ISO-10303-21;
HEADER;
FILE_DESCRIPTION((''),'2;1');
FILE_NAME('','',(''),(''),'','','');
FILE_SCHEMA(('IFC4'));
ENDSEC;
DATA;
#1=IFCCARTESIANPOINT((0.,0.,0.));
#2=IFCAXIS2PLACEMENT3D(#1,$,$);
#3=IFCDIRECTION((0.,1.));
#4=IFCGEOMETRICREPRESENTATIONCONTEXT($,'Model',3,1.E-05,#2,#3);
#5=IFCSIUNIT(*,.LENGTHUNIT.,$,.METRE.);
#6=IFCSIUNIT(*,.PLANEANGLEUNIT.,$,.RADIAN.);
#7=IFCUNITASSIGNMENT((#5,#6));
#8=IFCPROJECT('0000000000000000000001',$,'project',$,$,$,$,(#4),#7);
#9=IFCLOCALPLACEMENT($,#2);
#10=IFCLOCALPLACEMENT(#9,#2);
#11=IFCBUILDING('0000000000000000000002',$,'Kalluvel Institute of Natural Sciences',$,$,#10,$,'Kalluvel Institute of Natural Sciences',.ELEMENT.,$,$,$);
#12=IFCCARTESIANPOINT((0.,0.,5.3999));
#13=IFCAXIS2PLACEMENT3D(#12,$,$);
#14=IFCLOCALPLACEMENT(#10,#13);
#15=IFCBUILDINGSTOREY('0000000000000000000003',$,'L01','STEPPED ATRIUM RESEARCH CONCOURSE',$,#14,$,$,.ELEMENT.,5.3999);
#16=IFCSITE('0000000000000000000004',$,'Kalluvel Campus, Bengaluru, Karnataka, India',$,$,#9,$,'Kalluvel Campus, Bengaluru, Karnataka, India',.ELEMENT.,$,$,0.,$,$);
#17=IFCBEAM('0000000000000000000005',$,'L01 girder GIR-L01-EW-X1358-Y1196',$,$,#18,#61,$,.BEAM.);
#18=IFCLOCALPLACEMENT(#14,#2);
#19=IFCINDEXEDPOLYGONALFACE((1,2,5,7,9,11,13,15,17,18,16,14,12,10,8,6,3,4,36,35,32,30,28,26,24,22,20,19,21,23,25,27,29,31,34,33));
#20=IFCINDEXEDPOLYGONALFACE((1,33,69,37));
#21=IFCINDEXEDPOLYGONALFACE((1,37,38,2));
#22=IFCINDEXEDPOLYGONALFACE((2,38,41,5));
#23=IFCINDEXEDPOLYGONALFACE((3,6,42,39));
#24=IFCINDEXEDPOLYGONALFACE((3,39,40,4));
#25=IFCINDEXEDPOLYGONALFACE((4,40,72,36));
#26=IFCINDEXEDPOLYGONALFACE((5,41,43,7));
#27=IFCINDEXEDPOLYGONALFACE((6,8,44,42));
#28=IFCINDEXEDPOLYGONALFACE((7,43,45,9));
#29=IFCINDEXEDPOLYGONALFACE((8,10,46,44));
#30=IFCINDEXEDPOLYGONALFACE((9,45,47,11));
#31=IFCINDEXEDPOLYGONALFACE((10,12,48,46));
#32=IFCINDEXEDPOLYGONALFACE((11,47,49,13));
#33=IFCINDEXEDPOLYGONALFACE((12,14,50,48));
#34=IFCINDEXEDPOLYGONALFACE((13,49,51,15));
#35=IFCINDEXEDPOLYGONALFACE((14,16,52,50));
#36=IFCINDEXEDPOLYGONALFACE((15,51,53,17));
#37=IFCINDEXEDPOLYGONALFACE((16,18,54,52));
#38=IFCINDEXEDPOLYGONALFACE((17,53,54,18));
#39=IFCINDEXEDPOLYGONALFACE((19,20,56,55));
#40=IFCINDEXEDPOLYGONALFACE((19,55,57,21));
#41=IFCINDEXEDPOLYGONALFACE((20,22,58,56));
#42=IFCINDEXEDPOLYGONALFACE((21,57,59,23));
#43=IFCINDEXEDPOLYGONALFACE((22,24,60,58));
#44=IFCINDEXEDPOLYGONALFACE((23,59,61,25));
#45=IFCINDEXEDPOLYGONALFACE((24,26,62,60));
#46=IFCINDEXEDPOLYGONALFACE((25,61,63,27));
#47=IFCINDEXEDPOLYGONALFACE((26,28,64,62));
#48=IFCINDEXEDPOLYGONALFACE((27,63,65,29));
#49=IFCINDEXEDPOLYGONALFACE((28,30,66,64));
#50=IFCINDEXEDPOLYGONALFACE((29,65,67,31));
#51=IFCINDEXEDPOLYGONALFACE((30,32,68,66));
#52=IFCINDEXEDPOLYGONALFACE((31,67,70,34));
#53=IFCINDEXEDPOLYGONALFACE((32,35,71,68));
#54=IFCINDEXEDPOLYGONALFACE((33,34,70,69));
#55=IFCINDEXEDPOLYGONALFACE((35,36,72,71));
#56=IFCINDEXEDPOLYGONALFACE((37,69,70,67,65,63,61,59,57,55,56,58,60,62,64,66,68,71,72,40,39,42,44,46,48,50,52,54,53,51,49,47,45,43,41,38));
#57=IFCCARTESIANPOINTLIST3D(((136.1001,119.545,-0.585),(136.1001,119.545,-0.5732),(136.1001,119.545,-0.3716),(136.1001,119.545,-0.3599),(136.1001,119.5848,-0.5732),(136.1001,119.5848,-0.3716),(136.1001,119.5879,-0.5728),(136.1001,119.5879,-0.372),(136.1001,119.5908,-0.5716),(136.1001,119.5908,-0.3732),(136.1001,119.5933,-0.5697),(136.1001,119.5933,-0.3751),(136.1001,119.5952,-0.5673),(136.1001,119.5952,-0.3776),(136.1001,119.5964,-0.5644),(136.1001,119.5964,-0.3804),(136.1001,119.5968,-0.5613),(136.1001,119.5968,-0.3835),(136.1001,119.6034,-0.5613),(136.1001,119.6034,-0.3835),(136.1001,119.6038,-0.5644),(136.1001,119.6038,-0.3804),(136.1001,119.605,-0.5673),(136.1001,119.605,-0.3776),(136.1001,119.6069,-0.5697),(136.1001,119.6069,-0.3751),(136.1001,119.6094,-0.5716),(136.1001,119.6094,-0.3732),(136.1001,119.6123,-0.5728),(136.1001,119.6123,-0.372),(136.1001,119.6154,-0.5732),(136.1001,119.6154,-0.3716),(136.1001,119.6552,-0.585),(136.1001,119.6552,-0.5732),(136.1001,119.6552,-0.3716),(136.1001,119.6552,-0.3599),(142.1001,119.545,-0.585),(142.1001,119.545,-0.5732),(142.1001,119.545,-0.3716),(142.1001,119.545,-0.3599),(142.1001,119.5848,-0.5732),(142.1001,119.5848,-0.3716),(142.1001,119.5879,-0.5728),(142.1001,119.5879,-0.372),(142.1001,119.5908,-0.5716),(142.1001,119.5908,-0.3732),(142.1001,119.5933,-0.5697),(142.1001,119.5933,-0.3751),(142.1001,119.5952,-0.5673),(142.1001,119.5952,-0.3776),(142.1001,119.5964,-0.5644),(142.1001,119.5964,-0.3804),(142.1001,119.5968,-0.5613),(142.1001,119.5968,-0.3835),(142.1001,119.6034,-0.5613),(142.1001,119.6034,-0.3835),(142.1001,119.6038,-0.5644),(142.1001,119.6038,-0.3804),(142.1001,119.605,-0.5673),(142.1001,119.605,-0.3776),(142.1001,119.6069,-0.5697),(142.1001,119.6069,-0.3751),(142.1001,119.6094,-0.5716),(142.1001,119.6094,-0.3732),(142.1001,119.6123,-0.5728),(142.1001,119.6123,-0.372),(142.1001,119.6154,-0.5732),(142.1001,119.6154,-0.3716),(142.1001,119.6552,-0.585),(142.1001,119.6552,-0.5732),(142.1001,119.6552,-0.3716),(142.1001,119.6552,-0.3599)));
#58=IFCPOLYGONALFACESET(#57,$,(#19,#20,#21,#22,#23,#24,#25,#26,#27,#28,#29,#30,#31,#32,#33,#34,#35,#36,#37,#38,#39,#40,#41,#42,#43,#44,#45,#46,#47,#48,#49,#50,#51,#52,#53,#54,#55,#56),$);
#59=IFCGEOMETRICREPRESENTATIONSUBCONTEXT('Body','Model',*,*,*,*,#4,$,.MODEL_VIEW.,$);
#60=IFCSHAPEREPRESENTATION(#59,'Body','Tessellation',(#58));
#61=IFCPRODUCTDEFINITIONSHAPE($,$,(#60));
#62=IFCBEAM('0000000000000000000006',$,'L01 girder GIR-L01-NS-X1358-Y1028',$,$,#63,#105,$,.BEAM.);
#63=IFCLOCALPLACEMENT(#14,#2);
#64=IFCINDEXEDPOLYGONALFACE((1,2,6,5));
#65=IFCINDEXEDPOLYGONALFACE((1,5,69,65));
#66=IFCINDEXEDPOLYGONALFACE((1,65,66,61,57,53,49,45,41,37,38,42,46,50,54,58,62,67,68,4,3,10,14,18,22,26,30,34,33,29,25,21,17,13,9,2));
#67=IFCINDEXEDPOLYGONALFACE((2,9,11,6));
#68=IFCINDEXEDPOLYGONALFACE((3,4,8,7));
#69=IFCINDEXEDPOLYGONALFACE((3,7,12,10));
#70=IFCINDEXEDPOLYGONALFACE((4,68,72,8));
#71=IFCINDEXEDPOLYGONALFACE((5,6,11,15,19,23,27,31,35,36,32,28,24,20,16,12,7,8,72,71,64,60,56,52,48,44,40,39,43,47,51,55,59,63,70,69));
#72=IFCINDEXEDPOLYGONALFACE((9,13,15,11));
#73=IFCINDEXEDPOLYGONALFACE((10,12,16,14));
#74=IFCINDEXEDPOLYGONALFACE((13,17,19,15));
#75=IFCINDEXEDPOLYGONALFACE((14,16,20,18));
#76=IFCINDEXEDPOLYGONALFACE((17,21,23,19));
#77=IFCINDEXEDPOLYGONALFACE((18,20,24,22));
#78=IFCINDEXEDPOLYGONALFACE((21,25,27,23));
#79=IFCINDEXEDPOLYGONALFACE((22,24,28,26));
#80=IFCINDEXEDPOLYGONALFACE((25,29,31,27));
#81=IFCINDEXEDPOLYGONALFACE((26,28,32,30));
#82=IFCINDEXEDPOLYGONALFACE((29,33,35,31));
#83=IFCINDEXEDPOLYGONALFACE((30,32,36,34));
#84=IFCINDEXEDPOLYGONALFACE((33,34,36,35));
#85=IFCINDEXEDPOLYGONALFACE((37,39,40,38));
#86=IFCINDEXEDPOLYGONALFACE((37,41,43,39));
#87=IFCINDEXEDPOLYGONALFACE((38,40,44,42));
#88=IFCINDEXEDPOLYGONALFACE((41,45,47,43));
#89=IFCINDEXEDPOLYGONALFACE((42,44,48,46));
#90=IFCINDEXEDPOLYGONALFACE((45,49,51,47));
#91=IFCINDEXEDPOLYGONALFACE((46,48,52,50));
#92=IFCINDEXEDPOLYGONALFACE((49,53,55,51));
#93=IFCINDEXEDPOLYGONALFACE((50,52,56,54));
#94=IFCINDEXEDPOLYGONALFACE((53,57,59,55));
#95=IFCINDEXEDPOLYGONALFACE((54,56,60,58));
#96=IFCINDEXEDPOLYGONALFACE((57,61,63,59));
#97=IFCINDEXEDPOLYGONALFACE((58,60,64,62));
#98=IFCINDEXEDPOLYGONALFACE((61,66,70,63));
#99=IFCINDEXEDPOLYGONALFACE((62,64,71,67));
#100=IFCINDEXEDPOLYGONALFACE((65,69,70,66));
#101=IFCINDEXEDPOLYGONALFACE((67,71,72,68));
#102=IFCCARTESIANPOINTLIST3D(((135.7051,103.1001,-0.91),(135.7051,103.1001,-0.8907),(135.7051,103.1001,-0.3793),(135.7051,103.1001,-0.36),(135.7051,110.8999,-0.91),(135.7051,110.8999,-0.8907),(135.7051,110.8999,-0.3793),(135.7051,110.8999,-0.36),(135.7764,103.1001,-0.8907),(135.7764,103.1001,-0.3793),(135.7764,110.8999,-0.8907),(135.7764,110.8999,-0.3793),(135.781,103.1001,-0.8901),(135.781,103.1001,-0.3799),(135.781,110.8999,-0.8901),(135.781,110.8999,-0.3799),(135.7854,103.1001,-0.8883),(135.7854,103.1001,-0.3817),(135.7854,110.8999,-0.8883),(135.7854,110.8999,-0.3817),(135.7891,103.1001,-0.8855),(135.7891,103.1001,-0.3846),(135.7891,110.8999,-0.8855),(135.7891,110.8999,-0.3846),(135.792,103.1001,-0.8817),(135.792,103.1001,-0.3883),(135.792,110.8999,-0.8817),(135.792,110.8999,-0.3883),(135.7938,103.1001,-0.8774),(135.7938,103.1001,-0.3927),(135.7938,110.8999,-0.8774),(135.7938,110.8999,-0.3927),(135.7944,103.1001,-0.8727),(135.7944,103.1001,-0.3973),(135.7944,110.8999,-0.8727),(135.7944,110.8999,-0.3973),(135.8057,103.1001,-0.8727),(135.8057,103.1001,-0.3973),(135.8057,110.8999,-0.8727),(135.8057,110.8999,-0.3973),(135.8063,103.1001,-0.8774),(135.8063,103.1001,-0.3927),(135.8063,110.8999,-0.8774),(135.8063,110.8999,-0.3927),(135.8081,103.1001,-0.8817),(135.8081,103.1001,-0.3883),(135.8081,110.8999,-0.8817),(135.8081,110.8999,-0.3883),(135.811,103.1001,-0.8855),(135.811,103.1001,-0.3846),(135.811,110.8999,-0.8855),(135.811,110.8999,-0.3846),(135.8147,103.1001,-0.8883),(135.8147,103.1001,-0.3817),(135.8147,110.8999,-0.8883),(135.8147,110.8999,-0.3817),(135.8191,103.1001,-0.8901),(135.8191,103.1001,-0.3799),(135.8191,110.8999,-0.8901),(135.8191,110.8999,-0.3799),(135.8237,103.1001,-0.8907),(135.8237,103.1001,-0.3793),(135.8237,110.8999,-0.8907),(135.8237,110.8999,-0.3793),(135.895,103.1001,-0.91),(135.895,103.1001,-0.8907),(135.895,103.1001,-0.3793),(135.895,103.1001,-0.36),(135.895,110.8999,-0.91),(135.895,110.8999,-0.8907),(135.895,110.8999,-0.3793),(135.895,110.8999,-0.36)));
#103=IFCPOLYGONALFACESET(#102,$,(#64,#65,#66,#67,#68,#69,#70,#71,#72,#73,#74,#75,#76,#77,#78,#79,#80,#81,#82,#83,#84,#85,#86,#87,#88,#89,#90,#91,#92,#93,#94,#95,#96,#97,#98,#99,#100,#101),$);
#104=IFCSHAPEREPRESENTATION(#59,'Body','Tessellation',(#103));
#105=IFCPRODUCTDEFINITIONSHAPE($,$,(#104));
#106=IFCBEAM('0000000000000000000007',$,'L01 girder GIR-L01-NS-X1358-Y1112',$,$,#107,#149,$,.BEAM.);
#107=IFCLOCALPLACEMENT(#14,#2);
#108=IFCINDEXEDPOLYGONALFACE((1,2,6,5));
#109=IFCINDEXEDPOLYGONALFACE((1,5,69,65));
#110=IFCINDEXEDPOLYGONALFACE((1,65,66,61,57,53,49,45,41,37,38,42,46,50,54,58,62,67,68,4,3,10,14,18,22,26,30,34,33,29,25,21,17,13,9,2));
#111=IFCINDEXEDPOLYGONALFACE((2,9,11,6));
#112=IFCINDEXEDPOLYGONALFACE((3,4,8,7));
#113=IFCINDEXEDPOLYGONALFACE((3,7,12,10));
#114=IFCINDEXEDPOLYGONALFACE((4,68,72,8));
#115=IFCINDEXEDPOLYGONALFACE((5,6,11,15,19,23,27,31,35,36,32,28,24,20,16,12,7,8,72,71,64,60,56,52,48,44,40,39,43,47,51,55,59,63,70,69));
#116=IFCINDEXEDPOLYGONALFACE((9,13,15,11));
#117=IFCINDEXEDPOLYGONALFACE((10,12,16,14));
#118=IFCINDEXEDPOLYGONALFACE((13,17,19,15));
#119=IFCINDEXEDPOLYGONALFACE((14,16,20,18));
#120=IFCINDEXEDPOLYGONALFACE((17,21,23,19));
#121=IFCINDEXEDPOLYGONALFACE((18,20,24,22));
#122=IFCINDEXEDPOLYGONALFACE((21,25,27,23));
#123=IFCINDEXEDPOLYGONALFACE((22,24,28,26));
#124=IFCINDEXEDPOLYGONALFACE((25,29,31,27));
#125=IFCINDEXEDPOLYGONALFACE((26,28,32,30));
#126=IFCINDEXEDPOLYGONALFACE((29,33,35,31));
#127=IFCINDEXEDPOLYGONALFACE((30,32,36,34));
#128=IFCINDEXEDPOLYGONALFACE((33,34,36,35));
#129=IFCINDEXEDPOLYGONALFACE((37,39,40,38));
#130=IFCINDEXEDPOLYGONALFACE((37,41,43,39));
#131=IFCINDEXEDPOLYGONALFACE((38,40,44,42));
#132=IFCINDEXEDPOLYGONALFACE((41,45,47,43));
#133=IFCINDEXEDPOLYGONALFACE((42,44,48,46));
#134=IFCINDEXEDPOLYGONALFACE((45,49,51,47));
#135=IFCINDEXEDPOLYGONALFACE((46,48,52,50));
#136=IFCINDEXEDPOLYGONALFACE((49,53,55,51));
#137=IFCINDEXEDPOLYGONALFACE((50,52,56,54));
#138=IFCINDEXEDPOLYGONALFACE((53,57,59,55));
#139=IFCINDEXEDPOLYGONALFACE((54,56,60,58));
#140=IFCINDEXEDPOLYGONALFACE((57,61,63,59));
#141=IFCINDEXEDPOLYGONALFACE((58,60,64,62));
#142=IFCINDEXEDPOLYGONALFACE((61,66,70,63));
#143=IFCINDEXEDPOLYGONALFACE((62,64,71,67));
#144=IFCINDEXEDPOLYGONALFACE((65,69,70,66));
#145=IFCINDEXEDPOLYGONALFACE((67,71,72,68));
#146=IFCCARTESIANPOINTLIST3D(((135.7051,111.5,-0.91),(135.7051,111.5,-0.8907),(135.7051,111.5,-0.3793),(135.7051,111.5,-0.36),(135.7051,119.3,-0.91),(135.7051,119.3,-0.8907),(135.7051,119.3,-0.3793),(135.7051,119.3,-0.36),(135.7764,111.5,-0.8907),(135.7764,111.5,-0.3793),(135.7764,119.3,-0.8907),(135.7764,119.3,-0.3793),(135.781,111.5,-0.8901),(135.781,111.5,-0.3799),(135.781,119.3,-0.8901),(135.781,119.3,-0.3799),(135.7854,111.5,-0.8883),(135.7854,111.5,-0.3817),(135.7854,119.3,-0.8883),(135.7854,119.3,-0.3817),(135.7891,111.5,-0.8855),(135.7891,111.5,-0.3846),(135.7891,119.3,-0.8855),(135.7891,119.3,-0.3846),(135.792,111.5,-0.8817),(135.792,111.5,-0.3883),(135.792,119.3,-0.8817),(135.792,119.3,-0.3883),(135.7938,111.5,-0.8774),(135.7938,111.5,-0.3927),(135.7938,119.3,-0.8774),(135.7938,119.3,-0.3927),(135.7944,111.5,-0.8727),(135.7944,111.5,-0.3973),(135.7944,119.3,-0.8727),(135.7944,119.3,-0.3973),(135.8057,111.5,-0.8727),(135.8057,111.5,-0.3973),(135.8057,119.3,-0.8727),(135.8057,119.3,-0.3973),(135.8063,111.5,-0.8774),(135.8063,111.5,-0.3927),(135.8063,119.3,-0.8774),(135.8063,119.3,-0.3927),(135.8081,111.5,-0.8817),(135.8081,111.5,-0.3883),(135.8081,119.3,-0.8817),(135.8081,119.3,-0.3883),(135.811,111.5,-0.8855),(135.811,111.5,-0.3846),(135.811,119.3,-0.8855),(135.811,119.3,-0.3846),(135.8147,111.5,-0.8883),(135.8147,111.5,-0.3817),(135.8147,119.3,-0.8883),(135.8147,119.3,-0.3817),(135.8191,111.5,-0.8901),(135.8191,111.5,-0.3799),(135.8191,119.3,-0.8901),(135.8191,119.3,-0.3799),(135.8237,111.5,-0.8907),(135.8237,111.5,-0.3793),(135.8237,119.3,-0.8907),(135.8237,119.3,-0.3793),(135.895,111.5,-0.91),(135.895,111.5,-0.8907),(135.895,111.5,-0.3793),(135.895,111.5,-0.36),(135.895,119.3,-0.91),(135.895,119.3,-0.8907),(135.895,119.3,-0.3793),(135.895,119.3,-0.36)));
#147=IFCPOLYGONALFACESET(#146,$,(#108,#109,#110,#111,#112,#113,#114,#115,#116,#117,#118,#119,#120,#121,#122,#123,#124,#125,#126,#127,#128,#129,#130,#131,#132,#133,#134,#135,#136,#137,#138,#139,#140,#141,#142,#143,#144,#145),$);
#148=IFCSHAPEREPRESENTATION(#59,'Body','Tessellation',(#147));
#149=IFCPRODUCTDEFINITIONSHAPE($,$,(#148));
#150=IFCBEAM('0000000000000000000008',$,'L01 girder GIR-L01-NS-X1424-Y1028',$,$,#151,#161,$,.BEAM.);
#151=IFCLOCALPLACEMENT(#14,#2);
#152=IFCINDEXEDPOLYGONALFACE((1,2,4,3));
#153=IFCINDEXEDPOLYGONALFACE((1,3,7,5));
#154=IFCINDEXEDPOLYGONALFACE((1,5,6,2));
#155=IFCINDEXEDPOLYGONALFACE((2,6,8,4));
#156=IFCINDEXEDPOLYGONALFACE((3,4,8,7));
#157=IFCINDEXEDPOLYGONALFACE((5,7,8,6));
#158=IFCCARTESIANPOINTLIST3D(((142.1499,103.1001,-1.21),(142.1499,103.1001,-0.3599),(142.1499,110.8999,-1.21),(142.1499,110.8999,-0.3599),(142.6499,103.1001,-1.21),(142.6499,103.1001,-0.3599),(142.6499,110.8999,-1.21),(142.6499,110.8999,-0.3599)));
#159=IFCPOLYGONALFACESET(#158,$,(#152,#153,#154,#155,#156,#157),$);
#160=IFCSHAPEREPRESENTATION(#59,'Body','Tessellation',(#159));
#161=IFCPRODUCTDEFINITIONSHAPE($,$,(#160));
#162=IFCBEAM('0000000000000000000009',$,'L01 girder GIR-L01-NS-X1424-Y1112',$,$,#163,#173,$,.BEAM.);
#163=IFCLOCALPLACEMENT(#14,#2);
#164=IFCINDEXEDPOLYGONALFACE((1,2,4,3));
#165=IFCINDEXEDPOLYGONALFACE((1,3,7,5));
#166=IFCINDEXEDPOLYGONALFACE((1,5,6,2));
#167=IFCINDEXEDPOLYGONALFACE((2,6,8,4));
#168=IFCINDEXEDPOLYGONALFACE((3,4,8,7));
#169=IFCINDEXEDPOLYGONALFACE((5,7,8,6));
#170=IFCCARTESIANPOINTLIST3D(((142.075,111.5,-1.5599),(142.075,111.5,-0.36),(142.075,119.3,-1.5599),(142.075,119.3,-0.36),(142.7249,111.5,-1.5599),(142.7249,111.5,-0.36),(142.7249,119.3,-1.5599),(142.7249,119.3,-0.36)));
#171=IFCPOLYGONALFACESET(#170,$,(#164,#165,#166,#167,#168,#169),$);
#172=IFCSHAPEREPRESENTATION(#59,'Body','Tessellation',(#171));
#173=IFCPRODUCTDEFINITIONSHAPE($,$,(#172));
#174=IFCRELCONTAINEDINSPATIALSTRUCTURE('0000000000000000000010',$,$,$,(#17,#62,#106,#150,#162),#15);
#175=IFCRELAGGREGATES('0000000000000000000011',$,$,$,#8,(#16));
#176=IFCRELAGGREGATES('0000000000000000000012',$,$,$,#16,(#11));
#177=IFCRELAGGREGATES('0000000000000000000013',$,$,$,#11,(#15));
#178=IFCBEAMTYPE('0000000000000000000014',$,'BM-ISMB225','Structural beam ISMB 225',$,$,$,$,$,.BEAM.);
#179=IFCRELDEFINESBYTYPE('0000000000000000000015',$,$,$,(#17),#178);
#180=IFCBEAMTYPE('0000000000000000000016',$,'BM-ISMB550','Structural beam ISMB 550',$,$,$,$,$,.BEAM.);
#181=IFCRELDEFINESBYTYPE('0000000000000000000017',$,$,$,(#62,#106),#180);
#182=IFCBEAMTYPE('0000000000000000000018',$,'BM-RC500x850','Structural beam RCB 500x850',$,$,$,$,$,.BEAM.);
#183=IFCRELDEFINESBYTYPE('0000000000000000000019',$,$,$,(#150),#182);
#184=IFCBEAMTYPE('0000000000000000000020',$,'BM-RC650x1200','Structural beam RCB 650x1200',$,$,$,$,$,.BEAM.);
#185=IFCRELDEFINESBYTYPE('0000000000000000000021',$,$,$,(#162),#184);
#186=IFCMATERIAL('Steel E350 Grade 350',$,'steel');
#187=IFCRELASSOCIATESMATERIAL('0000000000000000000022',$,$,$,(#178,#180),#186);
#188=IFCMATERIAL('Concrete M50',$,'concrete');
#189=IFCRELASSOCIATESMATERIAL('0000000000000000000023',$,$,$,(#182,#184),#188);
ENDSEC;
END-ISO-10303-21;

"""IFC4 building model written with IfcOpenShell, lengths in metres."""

from ifc_helpers import new_model, si_unit, direction, frame, origin, origin_2d, place, context, subcontext, project, spatial, rectangle, i_section, extrude, material, material_profile, profile_set, type_object, element, save


model = new_model("IFC4")

# Units and contexts
model_context = context("Model", 3, precision=1e-05, world=origin(), true_north=direction((0.0, 1.0)))
body_context = subcontext(model_context, "Body", "Model", "MODEL_VIEW")
ifc_project = project(units=[si_unit("LENGTHUNIT", "METRE"), si_unit("PLANEANGLEUNIT", "RADIAN")], contexts=[model_context])

# Site, building, storey
site_placement = place(None, origin())
site = spatial("IfcSite", under=ifc_project, at=site_placement, Name="Kalluvel Campus, Bengaluru, Karnataka, India", LongName="Kalluvel Campus, Bengaluru, Karnataka, India", CompositionType="ELEMENT", RefElevation=0.0)
building_placement = place(site_placement, origin())
building = spatial("IfcBuilding", under=site, at=building_placement, Name="Kalluvel Institute of Natural Sciences", LongName="Kalluvel Institute of Natural Sciences", CompositionType="ELEMENT")
storey_placement = place(building_placement, frame((0.0, 0.0, 5.3999)))
storey = spatial("IfcBuildingStorey", under=building, at=storey_placement, Name="L01", Description="STEPPED ATRIUM RESEARCH CONCOURSE", CompositionType="ELEMENT", Elevation=5.3999)

# Beams
ifc_material_1 = material(Name="Steel E350 Grade 350", Category="steel")
ifc_material_profile_1 = material_profile(ifc_material_1, i_section(OverallWidth=0.1101, OverallDepth=0.2251, WebThickness=0.0066, FlangeThickness=0.0117, FilletRadius=0.012, at=origin_2d()), Name="ISMB 225")
ifc_profile_set_1 = profile_set([ifc_material_profile_1], Name="Steel E350 Grade 350")
beam_type_1 = type_object("IfcBeamType", Name="BM-ISMB225", Description="Structural beam ISMB 225", PredefinedType="BEAM", material=ifc_profile_set_1)
for number, where, z_axis, x_axis, name in (
    (1, (136.1001, 119.6001, -0.4724), (1.0, 0.0, 0.0), (0.0, 1.0, 0.0), "L01 girder GIR-L01-EW-X1358-Y1196"),
):
    element("IfcBeam", number, at=place(storey_placement, frame(where, z_axis=z_axis, x_axis=x_axis)), inside=storey, type_object=beam_type_1, Name=name, PredefinedType="BEAM", context=body_context, shape_type="SweptSolid", body=[
        extrude(i_section(OverallWidth=0.1101, OverallDepth=0.2251, WebThickness=0.0066, FlangeThickness=0.0117, FilletRadius=0.012, at=origin_2d()), origin(), (0.0, 0.0, 1.0), 6.0),
    ])
ifc_material_profile_2 = material_profile(ifc_material_1, i_section(OverallWidth=0.1899, OverallDepth=0.55, WebThickness=0.0112, FlangeThickness=0.0193, FilletRadius=0.0181, at=origin_2d()), Name="ISMB 550")
ifc_profile_set_2 = profile_set([ifc_material_profile_2], Name="Steel E350 Grade 350")
beam_type_2 = type_object("IfcBeamType", Name="BM-ISMB550", Description="Structural beam ISMB 550", PredefinedType="BEAM", material=ifc_profile_set_2)
beam_1_placement = place(storey_placement, frame((135.8, 103.1001, -0.635), z_axis=(0.0, 1.0, 0.0), x_axis=(-1.0, 0.0, 0.0)))
element("IfcBeam", 2, at=beam_1_placement, inside=storey, type_object=beam_type_2, Name="L01 girder GIR-L01-NS-X1358-Y1028", PredefinedType="BEAM", context=body_context, shape_type="SweptSolid", body=[
    extrude(i_section(OverallWidth=0.1899, OverallDepth=0.55, WebThickness=0.0112, FlangeThickness=0.0193, FilletRadius=0.0181, at=origin_2d()), origin(), (0.0, 0.0, 1.0), 7.7998),
])
beam_2_placement = place(storey_placement, frame((135.8, 111.5, -0.635), z_axis=(0.0, 1.0, 0.0), x_axis=(-1.0, 0.0, 0.0)))
element("IfcBeam", 3, at=beam_2_placement, inside=storey, type_object=beam_type_2, Name="L01 girder GIR-L01-NS-X1358-Y1112", PredefinedType="BEAM", context=body_context, shape_type="SweptSolid", body=[
    extrude(i_section(OverallWidth=0.1899, OverallDepth=0.55, WebThickness=0.0112, FlangeThickness=0.0193, FilletRadius=0.0181, at=origin_2d()), origin(), (0.0, 0.0, 1.0), 7.8),
])
ifc_material_2 = material(Name="Concrete M50", Category="concrete")
ifc_material_profile_3 = material_profile(ifc_material_2, rectangle(XDim=0.5, YDim=0.8501, at=origin_2d()), Name="RCB 500x850")
ifc_profile_set_3 = profile_set([ifc_material_profile_3], Name="Concrete M50")
beam_type_3 = type_object("IfcBeamType", Name="BM-RC500x850", Description="Structural beam RCB 500x850", PredefinedType="BEAM", material=ifc_profile_set_3)
beam_3_placement = place(storey_placement, frame((142.3999, 103.1001, -0.7849), z_axis=(0.0, 1.0, 0.0), x_axis=(-1.0, 0.0, 0.0)))
element("IfcBeam", 4, at=beam_3_placement, inside=storey, type_object=beam_type_3, Name="L01 girder GIR-L01-NS-X1424-Y1028", PredefinedType="BEAM", context=body_context, shape_type="SweptSolid", body=[
    extrude(rectangle(XDim=0.5, YDim=0.8501, at=origin_2d()), origin(), (0.0, 0.0, 1.0), 7.7998),
])
ifc_material_profile_4 = material_profile(ifc_material_2, rectangle(XDim=0.6499, YDim=1.2, at=origin_2d()), Name="RCB 650x1200")
ifc_profile_set_4 = profile_set([ifc_material_profile_4], Name="Concrete M50")
beam_type_4 = type_object("IfcBeamType", Name="BM-RC650x1200", Description="Structural beam RCB 650x1200", PredefinedType="BEAM", material=ifc_profile_set_4)
beam_4_placement = place(storey_placement, frame((142.3999, 111.5, -0.96), z_axis=(0.0, 1.0, 0.0), x_axis=(-1.0, 0.0, 0.0)))
element("IfcBeam", 5, at=beam_4_placement, inside=storey, type_object=beam_type_4, Name="L01 girder GIR-L01-NS-X1424-Y1112", PredefinedType="BEAM", context=body_context, shape_type="SweptSolid", body=[
    extrude(rectangle(XDim=0.6499, YDim=1.2, at=origin_2d()), origin(), (0.0, 0.0, 1.0), 7.8),
])

save(model, "model.ifc")
